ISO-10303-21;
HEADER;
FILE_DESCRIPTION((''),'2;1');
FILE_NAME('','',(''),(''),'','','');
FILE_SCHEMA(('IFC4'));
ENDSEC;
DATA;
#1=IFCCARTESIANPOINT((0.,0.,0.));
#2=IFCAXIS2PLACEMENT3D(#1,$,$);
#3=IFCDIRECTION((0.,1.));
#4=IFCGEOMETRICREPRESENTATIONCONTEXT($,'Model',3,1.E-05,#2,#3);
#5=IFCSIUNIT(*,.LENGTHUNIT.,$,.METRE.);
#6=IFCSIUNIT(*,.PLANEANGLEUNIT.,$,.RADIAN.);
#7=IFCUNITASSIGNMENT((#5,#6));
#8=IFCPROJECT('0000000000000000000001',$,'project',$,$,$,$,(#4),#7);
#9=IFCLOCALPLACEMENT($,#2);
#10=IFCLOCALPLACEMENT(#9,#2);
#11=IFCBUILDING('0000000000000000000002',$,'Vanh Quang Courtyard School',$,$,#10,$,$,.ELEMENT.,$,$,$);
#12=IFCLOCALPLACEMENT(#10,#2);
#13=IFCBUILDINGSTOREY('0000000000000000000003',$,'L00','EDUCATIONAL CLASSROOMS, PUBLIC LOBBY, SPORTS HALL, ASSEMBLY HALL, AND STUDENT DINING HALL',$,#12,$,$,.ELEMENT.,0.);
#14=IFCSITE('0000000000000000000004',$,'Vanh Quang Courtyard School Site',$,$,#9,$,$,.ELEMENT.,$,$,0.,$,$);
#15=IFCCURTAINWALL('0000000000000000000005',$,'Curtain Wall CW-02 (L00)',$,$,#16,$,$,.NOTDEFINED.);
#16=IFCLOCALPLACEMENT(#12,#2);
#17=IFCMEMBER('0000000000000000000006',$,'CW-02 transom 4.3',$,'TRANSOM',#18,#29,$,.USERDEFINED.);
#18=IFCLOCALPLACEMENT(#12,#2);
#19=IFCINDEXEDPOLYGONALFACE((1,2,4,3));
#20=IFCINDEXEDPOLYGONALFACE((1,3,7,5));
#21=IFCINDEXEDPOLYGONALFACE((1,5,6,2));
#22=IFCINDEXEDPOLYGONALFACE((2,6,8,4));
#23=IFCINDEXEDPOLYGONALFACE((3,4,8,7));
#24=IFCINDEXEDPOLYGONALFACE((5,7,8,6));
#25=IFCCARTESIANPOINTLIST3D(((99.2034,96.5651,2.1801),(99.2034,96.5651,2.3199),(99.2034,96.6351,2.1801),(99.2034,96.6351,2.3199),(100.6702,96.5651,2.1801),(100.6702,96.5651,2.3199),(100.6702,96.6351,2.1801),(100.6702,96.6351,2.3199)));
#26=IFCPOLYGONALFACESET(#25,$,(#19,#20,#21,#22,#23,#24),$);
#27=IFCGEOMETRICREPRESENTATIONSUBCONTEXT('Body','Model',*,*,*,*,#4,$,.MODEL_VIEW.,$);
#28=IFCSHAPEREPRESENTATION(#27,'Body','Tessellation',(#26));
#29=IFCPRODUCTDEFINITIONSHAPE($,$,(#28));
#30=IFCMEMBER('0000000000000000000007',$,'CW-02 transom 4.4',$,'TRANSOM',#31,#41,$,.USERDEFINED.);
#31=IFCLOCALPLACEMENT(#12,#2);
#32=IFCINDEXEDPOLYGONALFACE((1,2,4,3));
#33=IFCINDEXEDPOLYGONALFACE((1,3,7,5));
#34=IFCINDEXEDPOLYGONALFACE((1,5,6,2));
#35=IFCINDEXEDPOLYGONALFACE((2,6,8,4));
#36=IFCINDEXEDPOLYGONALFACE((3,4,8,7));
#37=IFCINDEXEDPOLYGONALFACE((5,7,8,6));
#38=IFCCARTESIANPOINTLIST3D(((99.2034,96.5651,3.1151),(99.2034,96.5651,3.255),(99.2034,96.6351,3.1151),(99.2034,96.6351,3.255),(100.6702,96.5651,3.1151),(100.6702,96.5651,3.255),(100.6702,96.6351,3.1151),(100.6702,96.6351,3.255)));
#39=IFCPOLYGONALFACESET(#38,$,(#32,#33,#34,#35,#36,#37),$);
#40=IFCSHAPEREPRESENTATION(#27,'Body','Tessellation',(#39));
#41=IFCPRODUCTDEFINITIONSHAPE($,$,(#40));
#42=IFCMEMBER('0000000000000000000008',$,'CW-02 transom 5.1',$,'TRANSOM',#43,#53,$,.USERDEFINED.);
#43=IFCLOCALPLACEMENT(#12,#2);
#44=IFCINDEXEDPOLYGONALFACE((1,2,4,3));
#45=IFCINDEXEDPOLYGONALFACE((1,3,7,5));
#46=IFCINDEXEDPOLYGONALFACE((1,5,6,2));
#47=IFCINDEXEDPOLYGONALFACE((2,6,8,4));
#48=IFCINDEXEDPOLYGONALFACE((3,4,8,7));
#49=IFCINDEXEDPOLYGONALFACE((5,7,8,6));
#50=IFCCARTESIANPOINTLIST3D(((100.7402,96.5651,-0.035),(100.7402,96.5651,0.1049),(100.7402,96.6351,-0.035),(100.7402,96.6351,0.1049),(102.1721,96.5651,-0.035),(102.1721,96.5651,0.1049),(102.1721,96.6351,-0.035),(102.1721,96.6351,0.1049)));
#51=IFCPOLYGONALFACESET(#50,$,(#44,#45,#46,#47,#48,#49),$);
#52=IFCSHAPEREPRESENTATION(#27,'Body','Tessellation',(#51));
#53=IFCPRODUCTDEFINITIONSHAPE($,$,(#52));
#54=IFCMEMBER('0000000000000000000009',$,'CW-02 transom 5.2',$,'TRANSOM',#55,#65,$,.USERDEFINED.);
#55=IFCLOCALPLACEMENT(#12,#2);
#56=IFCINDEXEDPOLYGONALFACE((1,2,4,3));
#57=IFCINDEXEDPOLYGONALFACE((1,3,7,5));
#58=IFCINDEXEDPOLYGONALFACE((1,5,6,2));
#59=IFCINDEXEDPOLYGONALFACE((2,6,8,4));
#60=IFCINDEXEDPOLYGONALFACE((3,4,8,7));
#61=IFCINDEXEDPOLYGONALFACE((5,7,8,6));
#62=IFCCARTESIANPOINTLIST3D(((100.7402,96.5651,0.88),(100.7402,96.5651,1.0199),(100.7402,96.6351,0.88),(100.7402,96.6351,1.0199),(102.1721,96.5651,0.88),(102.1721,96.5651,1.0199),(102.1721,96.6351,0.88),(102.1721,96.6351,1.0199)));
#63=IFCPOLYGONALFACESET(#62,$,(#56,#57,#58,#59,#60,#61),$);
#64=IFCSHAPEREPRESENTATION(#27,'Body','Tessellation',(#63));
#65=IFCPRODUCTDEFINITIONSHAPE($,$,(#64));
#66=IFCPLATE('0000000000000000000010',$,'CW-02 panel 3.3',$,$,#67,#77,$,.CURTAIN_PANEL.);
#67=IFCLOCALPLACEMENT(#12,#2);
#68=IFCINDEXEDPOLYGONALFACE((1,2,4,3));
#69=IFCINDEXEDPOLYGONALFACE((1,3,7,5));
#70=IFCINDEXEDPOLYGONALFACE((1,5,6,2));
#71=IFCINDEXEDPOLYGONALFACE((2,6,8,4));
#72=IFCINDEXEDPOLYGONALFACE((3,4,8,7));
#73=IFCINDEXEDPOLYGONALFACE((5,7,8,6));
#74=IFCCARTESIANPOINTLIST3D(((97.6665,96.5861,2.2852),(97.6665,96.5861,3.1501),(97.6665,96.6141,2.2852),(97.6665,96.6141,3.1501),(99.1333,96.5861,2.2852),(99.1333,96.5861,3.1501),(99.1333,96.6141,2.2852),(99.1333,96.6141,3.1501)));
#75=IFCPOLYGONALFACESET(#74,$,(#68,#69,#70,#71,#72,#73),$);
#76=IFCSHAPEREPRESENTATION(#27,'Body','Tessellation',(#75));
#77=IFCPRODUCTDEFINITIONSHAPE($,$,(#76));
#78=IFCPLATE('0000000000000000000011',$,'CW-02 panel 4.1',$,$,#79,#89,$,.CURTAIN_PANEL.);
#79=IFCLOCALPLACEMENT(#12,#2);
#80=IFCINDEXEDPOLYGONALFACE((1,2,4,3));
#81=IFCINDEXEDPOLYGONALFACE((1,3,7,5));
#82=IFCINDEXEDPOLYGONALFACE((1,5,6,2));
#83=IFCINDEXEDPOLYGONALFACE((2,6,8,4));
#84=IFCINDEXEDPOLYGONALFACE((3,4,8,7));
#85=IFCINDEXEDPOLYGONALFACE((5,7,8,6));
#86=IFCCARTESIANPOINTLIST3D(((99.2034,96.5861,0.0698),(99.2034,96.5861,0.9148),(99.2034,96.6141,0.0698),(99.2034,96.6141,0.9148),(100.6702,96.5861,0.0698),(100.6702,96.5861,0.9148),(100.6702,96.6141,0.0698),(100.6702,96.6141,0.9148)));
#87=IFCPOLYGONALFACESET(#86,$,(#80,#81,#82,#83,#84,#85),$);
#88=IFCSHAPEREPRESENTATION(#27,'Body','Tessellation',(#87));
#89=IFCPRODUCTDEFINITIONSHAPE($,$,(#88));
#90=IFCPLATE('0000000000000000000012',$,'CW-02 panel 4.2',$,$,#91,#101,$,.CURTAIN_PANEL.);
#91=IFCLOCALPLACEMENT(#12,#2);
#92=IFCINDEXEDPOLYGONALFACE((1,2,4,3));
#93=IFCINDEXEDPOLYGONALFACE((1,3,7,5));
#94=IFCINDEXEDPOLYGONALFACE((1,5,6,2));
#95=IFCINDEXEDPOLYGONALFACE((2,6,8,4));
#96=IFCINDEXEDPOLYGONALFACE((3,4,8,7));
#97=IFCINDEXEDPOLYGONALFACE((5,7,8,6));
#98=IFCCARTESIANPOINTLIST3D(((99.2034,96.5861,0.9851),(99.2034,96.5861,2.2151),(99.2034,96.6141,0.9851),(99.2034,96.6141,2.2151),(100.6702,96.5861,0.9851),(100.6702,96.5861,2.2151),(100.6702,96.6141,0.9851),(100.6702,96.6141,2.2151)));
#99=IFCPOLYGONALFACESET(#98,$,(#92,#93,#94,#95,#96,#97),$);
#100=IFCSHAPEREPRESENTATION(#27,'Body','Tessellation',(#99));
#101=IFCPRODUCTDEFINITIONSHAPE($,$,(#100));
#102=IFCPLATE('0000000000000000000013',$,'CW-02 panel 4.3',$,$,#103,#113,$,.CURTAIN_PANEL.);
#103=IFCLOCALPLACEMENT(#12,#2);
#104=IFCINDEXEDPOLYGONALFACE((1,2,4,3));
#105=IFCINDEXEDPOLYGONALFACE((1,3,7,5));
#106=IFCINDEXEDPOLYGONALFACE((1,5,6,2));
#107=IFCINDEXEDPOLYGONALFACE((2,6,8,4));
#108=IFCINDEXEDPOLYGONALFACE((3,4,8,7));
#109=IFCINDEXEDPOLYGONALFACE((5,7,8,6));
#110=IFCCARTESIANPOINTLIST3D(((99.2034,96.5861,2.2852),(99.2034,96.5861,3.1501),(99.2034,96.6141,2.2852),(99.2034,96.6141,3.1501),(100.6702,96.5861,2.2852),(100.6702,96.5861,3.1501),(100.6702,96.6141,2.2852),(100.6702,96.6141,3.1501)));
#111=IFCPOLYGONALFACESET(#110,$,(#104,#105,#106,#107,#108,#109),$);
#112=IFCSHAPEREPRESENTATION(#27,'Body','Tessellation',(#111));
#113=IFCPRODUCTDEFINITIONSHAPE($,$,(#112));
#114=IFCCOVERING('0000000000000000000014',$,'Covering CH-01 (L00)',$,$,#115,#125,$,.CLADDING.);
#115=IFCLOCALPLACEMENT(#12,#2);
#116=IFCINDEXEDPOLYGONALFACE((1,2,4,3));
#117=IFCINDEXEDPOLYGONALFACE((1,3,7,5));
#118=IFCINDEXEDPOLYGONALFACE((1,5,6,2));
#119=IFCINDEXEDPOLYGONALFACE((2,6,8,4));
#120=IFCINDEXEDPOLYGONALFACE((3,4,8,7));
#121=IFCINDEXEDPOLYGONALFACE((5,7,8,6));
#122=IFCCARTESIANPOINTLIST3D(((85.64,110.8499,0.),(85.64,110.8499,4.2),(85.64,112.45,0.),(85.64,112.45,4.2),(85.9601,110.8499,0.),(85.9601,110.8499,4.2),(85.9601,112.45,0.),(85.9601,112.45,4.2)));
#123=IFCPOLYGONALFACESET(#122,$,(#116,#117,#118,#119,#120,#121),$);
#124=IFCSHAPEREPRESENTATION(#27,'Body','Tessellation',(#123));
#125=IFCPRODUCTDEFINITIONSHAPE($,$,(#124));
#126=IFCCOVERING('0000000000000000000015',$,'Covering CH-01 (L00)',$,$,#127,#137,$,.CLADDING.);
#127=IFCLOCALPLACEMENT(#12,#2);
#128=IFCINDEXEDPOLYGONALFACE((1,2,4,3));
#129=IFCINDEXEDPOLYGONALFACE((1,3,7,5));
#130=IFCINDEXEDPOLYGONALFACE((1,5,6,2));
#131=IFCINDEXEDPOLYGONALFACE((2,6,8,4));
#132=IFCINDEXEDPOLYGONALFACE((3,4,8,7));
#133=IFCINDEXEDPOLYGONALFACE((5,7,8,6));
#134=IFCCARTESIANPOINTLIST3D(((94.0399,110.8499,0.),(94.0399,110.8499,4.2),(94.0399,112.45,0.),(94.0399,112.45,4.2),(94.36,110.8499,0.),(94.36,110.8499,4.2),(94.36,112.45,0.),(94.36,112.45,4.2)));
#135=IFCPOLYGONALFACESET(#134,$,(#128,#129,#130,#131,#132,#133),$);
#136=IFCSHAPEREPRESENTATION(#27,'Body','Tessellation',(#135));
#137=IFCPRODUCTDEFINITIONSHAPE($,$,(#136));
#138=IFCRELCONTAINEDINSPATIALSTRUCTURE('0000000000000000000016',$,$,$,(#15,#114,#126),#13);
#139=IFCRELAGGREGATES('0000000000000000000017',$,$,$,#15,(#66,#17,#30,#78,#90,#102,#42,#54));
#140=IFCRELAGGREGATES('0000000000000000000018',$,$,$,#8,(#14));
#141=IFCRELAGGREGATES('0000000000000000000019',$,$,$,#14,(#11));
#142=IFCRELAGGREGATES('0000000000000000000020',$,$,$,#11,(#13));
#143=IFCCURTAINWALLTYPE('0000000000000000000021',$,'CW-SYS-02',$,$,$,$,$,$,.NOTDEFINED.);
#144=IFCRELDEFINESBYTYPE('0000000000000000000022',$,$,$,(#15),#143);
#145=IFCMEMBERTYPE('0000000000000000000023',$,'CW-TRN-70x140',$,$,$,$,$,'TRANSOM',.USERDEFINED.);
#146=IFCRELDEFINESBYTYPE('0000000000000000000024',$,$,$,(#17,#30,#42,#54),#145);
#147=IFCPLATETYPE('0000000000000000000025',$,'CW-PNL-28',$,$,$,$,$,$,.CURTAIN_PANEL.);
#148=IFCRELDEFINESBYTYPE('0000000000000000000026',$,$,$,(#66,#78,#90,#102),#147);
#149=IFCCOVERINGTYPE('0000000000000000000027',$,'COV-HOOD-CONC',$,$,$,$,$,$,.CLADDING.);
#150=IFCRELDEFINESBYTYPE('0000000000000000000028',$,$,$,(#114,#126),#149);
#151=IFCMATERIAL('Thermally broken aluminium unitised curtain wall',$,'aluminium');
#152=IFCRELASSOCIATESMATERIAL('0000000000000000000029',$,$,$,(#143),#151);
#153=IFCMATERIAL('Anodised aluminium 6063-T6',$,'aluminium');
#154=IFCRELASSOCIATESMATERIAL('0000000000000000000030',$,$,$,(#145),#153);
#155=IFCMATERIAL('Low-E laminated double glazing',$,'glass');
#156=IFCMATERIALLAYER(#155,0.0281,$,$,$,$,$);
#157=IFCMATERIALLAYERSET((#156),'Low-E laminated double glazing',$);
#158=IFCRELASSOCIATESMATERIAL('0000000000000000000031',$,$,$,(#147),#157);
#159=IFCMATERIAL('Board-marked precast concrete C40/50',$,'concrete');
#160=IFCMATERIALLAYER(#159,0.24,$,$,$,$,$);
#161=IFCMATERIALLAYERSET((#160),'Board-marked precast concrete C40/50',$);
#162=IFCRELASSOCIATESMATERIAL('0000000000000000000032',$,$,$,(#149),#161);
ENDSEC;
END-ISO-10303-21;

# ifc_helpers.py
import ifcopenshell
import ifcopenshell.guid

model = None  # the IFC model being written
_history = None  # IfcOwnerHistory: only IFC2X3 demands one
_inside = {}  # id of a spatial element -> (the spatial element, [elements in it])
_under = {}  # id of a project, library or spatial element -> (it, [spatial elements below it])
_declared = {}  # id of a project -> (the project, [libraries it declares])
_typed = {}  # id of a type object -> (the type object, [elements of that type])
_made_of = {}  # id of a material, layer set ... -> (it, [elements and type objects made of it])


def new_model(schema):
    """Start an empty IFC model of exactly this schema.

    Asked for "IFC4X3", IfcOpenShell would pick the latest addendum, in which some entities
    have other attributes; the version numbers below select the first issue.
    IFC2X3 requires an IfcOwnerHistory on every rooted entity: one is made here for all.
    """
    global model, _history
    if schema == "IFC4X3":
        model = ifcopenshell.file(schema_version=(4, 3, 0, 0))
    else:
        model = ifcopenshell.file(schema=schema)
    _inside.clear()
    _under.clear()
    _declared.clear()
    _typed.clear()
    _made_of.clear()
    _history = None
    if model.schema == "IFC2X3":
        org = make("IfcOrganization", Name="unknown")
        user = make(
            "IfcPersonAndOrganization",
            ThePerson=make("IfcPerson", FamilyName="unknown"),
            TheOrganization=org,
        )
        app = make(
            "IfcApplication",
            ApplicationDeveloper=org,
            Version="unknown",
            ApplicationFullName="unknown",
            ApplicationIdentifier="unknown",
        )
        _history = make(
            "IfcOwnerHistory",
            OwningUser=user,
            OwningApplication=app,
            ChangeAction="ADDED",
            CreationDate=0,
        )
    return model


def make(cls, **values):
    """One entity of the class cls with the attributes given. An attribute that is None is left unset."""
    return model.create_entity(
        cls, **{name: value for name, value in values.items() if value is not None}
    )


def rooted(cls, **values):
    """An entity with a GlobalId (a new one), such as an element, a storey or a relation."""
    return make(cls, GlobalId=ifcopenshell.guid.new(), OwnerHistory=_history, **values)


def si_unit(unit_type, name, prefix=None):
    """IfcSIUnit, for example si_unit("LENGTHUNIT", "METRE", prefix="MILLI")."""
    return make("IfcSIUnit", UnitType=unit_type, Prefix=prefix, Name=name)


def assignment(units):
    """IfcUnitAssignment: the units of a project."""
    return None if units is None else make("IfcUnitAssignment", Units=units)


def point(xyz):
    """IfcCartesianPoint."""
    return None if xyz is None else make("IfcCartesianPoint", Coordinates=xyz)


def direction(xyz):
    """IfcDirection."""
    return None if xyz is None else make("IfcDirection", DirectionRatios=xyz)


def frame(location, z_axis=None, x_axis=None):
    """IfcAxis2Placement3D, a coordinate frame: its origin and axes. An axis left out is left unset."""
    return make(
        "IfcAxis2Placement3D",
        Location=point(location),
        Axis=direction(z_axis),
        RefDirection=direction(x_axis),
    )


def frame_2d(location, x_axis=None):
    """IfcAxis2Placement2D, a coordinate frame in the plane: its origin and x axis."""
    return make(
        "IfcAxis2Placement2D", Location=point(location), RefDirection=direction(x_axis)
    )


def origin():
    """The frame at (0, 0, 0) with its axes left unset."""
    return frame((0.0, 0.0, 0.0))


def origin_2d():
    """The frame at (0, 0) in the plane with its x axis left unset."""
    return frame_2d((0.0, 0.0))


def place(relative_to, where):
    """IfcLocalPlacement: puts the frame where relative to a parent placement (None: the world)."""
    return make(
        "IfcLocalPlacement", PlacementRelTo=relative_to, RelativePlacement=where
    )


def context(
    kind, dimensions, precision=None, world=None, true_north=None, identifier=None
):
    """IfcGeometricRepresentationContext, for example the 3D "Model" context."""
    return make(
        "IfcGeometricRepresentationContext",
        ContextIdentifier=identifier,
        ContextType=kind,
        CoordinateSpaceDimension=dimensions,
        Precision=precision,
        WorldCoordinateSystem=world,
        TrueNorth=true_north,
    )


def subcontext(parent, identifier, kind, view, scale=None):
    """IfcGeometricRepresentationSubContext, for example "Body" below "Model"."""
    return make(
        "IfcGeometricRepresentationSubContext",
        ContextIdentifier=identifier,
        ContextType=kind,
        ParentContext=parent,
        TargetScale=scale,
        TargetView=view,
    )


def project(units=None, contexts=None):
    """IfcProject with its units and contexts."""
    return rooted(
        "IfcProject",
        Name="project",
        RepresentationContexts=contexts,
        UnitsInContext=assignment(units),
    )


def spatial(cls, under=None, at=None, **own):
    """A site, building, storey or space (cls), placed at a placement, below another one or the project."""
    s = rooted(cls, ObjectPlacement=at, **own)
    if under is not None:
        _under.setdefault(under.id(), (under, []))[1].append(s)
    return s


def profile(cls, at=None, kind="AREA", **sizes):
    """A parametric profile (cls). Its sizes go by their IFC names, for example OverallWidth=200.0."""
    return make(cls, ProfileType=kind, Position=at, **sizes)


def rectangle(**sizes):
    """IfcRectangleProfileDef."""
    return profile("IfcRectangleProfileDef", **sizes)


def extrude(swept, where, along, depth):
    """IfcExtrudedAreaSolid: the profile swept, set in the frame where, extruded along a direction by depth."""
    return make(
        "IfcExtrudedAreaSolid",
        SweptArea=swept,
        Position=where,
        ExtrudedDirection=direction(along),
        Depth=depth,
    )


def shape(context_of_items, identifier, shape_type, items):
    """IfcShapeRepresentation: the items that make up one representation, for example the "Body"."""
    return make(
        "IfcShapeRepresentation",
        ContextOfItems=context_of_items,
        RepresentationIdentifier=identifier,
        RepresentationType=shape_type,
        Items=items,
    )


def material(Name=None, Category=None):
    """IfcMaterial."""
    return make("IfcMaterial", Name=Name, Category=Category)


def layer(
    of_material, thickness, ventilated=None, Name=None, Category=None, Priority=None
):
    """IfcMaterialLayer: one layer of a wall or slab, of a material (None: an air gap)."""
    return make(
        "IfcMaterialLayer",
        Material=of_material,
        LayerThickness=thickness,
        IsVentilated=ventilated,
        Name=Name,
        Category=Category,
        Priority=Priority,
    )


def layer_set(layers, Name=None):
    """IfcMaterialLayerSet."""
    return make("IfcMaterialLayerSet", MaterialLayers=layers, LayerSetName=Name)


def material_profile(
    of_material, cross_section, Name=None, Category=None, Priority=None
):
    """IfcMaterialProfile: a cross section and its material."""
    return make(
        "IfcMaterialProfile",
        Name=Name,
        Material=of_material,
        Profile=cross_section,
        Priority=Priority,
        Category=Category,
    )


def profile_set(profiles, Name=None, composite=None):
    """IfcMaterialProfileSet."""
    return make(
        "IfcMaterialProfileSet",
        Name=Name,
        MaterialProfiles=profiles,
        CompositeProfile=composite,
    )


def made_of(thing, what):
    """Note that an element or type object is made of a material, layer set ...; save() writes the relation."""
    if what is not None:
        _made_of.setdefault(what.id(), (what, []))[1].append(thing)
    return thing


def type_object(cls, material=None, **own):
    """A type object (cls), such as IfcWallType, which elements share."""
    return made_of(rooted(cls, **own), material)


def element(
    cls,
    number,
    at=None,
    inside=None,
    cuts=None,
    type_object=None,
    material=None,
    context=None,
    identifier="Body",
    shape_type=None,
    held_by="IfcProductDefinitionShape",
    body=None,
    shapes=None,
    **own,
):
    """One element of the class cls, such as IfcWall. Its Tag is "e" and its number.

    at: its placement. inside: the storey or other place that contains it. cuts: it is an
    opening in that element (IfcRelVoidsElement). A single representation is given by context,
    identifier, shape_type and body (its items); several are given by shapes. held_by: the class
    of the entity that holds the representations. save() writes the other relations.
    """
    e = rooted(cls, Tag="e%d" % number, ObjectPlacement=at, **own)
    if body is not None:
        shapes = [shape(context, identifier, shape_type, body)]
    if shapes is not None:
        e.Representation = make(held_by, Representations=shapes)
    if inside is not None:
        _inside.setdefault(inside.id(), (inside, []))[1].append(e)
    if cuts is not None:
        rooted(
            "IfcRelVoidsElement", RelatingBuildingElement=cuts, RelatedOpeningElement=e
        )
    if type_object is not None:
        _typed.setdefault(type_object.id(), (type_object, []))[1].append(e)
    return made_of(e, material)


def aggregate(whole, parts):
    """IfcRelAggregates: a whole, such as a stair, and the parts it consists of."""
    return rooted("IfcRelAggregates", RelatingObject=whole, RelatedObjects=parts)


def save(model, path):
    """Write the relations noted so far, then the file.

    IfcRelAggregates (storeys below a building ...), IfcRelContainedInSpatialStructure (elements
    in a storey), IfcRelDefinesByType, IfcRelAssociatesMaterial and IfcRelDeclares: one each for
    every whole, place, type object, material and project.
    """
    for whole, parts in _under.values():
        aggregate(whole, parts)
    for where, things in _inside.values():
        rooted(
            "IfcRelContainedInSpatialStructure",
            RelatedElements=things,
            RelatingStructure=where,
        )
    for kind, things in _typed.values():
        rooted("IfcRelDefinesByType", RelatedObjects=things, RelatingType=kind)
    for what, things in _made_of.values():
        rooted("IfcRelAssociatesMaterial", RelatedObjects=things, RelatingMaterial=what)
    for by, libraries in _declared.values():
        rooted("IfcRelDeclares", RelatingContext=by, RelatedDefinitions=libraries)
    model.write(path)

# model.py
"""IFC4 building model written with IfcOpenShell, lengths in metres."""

from ifc_helpers import new_model, si_unit, direction, frame, origin, origin_2d, place, context, subcontext, project, spatial, rectangle, extrude, material, layer, layer_set, material_profile, profile_set, type_object, element, aggregate, save


model = new_model("IFC4")

# Units and contexts
model_context = context("Model", 3, precision=1e-05, world=origin(), true_north=direction((0.0, 1.0)))
body_context = subcontext(model_context, "Body", "Model", "MODEL_VIEW")
ifc_project = project(units=[si_unit("LENGTHUNIT", "METRE"), si_unit("PLANEANGLEUNIT", "RADIAN")], contexts=[model_context])

# Site, building, storey
site_placement = place(None, origin())
site = spatial("IfcSite", under=ifc_project, at=site_placement, Name="Vanh Quang Courtyard School Site", CompositionType="ELEMENT", RefElevation=0.0)
building_placement = place(site_placement, origin())
building = spatial("IfcBuilding", under=site, at=building_placement, Name="Vanh Quang Courtyard School", CompositionType="ELEMENT")
storey_placement = place(building_placement, origin())
storey = spatial("IfcBuildingStorey", under=building, at=storey_placement, Name="L00", Description="EDUCATIONAL CLASSROOMS, PUBLIC LOBBY, SPORTS HALL, ASSEMBLY HALL, AND STUDENT DINING HALL", CompositionType="ELEMENT", Elevation=0.0)

# Curtain wall, members, plates
ifc_material_1 = material(Name="Thermally broken aluminium unitised curtain wall", Category="aluminium")
curtain_wall_type = type_object("IfcCurtainWallType", Name="CW-SYS-02", PredefinedType="NOTDEFINED", material=ifc_material_1)
curtain_wall_placement = place(storey_placement, origin())
curtain_wall = element("IfcCurtainWall", 1, at=curtain_wall_placement, inside=storey, type_object=curtain_wall_type, Name="Curtain Wall CW-02 (L00)", PredefinedType="NOTDEFINED")
ifc_material_2 = material(Name="Anodised aluminium 6063-T6", Category="aluminium")
ifc_material_profile_1 = material_profile(ifc_material_2, rectangle(XDim=0.0701, YDim=0.1399, at=origin_2d()), Name="ALU-TRN 70x140")
ifc_profile_set_1 = profile_set([ifc_material_profile_1], Name="Anodised aluminium 6063-T6")
member_type_1 = type_object("IfcMemberType", Name="CW-TRN-70x140", ElementType="TRANSOM", PredefinedType="USERDEFINED", material=ifc_profile_set_1)
member_1_placement = place(storey_placement, frame((99.2034, 96.6001, 2.25), z_axis=(1.0, 0.0, 0.0), x_axis=(0.0, 1.0, 0.0)))
member_1 = element("IfcMember", 2, at=member_1_placement, type_object=member_type_1, Name="CW-02 transom 4.3", ObjectType="TRANSOM", PredefinedType="USERDEFINED", context=body_context, shape_type="SweptSolid", body=[
    extrude(rectangle(XDim=0.0701, YDim=0.1399, at=origin_2d()), origin(), (0.0, 0.0, 1.0), 1.4668),
])
member_2_placement = place(storey_placement, frame((99.2034, 96.6001, 3.1851), z_axis=(1.0, 0.0, 0.0), x_axis=(0.0, 1.0, 0.0)))
member_2 = element("IfcMember", 3, at=member_2_placement, type_object=member_type_1, Name="CW-02 transom 4.4", ObjectType="TRANSOM", PredefinedType="USERDEFINED", context=body_context, shape_type="SweptSolid", body=[
    extrude(rectangle(XDim=0.0701, YDim=0.1399, at=origin_2d()), origin(), (0.0, 0.0, 1.0), 1.4668),
])
member_3_placement = place(storey_placement, frame((100.7402, 96.6001, 0.0349), z_axis=(1.0, 0.0, 0.0), x_axis=(0.0, 1.0, 0.0)))
member_3 = element("IfcMember", 4, at=member_3_placement, type_object=member_type_1, Name="CW-02 transom 5.1", ObjectType="TRANSOM", PredefinedType="USERDEFINED", context=body_context, shape_type="SweptSolid", body=[
    extrude(rectangle(XDim=0.0701, YDim=0.1399, at=origin_2d()), origin(), (0.0, 0.0, 1.0), 1.4319),
])
member_4_placement = place(storey_placement, frame((100.7402, 96.6001, 0.95), z_axis=(1.0, 0.0, 0.0), x_axis=(0.0, 1.0, 0.0)))
member_4 = element("IfcMember", 5, at=member_4_placement, type_object=member_type_1, Name="CW-02 transom 5.2", ObjectType="TRANSOM", PredefinedType="USERDEFINED", context=body_context, shape_type="SweptSolid", body=[
    extrude(rectangle(XDim=0.0701, YDim=0.1399, at=origin_2d()), origin(), (0.0, 0.0, 1.0), 1.4319),
])
ifc_material_3 = material(Name="Low-E laminated double glazing", Category="glass")
ifc_layer_1 = layer(ifc_material_3, 0.0281)
ifc_layer_set_1 = layer_set([ifc_layer_1], Name="Low-E laminated double glazing")
plate_type = type_object("IfcPlateType", Name="CW-PNL-28", PredefinedType="CURTAIN_PANEL", material=ifc_layer_set_1)
plate_1_placement = place(storey_placement, frame((98.3999, 96.6001, 2.2852), z_axis=(0.0, 0.0, 1.0), x_axis=(1.0, 0.0, 0.0)))
plate_1 = element("IfcPlate", 6, at=plate_1_placement, type_object=plate_type, Name="CW-02 panel 3.3", PredefinedType="CURTAIN_PANEL", context=body_context, shape_type="SweptSolid", body=[
    extrude(rectangle(XDim=1.4668, YDim=0.0281, at=origin_2d()), origin(), (0.0, 0.0, 1.0), 0.865),
])
plate_2_placement = place(storey_placement, frame((99.9368, 96.6001, 0.0698), z_axis=(0.0, 0.0, 1.0), x_axis=(1.0, 0.0, 0.0)))
plate_2 = element("IfcPlate", 7, at=plate_2_placement, type_object=plate_type, Name="CW-02 panel 4.1", PredefinedType="CURTAIN_PANEL", context=body_context, shape_type="SweptSolid", body=[
    extrude(rectangle(XDim=1.4668, YDim=0.0281, at=origin_2d()), origin(), (0.0, 0.0, 1.0), 0.845),
])
plate_3_placement = place(storey_placement, frame((99.9368, 96.6001, 0.9851), z_axis=(0.0, 0.0, 1.0), x_axis=(1.0, 0.0, 0.0)))
plate_3 = element("IfcPlate", 8, at=plate_3_placement, type_object=plate_type, Name="CW-02 panel 4.2", PredefinedType="CURTAIN_PANEL", context=body_context, shape_type="SweptSolid", body=[
    extrude(rectangle(XDim=1.4668, YDim=0.0281, at=origin_2d()), origin(), (0.0, 0.0, 1.0), 1.23),
])
plate_4_placement = place(storey_placement, frame((99.9368, 96.6001, 2.2852), z_axis=(0.0, 0.0, 1.0), x_axis=(1.0, 0.0, 0.0)))
plate_4 = element("IfcPlate", 9, at=plate_4_placement, type_object=plate_type, Name="CW-02 panel 4.3", PredefinedType="CURTAIN_PANEL", context=body_context, shape_type="SweptSolid", body=[
    extrude(rectangle(XDim=1.4668, YDim=0.0281, at=origin_2d()), origin(), (0.0, 0.0, 1.0), 0.865),
])
aggregate(curtain_wall, [plate_1, member_1, member_2, plate_2, plate_3, plate_4, member_3, member_4])

# Coverings
ifc_material_4 = material(Name="Board-marked precast concrete C40/50", Category="concrete")
ifc_layer_2 = layer(ifc_material_4, 0.24)
ifc_layer_set_2 = layer_set([ifc_layer_2], Name="Board-marked precast concrete C40/50")
covering_type = type_object("IfcCoveringType", Name="COV-HOOD-CONC", PredefinedType="CLADDING", material=ifc_layer_set_2)
for number, where, z_axis, x_axis, name in (
    (10, (85.8, 111.6499, 0.0), (0.0, 0.0, 1.0), (0.0, 1.0, 0.0), "Covering CH-01 (L00)"),
    (11, (94.2, 111.6499, 0.0), (0.0, 0.0, 1.0), (0.0, 1.0, 0.0), "Covering CH-01 (L00)"),
):
    element("IfcCovering", number, at=place(storey_placement, frame(where, z_axis=z_axis, x_axis=x_axis)), inside=storey, type_object=covering_type, Name=name, PredefinedType="CLADDING", context=body_context, shape_type="SweptSolid", body=[
        extrude(rectangle(XDim=1.6001, YDim=0.3201, at=origin_2d()), origin(), (0.0, 0.0, 1.0), 4.2),
    ])

save(model, "model.ifc")
